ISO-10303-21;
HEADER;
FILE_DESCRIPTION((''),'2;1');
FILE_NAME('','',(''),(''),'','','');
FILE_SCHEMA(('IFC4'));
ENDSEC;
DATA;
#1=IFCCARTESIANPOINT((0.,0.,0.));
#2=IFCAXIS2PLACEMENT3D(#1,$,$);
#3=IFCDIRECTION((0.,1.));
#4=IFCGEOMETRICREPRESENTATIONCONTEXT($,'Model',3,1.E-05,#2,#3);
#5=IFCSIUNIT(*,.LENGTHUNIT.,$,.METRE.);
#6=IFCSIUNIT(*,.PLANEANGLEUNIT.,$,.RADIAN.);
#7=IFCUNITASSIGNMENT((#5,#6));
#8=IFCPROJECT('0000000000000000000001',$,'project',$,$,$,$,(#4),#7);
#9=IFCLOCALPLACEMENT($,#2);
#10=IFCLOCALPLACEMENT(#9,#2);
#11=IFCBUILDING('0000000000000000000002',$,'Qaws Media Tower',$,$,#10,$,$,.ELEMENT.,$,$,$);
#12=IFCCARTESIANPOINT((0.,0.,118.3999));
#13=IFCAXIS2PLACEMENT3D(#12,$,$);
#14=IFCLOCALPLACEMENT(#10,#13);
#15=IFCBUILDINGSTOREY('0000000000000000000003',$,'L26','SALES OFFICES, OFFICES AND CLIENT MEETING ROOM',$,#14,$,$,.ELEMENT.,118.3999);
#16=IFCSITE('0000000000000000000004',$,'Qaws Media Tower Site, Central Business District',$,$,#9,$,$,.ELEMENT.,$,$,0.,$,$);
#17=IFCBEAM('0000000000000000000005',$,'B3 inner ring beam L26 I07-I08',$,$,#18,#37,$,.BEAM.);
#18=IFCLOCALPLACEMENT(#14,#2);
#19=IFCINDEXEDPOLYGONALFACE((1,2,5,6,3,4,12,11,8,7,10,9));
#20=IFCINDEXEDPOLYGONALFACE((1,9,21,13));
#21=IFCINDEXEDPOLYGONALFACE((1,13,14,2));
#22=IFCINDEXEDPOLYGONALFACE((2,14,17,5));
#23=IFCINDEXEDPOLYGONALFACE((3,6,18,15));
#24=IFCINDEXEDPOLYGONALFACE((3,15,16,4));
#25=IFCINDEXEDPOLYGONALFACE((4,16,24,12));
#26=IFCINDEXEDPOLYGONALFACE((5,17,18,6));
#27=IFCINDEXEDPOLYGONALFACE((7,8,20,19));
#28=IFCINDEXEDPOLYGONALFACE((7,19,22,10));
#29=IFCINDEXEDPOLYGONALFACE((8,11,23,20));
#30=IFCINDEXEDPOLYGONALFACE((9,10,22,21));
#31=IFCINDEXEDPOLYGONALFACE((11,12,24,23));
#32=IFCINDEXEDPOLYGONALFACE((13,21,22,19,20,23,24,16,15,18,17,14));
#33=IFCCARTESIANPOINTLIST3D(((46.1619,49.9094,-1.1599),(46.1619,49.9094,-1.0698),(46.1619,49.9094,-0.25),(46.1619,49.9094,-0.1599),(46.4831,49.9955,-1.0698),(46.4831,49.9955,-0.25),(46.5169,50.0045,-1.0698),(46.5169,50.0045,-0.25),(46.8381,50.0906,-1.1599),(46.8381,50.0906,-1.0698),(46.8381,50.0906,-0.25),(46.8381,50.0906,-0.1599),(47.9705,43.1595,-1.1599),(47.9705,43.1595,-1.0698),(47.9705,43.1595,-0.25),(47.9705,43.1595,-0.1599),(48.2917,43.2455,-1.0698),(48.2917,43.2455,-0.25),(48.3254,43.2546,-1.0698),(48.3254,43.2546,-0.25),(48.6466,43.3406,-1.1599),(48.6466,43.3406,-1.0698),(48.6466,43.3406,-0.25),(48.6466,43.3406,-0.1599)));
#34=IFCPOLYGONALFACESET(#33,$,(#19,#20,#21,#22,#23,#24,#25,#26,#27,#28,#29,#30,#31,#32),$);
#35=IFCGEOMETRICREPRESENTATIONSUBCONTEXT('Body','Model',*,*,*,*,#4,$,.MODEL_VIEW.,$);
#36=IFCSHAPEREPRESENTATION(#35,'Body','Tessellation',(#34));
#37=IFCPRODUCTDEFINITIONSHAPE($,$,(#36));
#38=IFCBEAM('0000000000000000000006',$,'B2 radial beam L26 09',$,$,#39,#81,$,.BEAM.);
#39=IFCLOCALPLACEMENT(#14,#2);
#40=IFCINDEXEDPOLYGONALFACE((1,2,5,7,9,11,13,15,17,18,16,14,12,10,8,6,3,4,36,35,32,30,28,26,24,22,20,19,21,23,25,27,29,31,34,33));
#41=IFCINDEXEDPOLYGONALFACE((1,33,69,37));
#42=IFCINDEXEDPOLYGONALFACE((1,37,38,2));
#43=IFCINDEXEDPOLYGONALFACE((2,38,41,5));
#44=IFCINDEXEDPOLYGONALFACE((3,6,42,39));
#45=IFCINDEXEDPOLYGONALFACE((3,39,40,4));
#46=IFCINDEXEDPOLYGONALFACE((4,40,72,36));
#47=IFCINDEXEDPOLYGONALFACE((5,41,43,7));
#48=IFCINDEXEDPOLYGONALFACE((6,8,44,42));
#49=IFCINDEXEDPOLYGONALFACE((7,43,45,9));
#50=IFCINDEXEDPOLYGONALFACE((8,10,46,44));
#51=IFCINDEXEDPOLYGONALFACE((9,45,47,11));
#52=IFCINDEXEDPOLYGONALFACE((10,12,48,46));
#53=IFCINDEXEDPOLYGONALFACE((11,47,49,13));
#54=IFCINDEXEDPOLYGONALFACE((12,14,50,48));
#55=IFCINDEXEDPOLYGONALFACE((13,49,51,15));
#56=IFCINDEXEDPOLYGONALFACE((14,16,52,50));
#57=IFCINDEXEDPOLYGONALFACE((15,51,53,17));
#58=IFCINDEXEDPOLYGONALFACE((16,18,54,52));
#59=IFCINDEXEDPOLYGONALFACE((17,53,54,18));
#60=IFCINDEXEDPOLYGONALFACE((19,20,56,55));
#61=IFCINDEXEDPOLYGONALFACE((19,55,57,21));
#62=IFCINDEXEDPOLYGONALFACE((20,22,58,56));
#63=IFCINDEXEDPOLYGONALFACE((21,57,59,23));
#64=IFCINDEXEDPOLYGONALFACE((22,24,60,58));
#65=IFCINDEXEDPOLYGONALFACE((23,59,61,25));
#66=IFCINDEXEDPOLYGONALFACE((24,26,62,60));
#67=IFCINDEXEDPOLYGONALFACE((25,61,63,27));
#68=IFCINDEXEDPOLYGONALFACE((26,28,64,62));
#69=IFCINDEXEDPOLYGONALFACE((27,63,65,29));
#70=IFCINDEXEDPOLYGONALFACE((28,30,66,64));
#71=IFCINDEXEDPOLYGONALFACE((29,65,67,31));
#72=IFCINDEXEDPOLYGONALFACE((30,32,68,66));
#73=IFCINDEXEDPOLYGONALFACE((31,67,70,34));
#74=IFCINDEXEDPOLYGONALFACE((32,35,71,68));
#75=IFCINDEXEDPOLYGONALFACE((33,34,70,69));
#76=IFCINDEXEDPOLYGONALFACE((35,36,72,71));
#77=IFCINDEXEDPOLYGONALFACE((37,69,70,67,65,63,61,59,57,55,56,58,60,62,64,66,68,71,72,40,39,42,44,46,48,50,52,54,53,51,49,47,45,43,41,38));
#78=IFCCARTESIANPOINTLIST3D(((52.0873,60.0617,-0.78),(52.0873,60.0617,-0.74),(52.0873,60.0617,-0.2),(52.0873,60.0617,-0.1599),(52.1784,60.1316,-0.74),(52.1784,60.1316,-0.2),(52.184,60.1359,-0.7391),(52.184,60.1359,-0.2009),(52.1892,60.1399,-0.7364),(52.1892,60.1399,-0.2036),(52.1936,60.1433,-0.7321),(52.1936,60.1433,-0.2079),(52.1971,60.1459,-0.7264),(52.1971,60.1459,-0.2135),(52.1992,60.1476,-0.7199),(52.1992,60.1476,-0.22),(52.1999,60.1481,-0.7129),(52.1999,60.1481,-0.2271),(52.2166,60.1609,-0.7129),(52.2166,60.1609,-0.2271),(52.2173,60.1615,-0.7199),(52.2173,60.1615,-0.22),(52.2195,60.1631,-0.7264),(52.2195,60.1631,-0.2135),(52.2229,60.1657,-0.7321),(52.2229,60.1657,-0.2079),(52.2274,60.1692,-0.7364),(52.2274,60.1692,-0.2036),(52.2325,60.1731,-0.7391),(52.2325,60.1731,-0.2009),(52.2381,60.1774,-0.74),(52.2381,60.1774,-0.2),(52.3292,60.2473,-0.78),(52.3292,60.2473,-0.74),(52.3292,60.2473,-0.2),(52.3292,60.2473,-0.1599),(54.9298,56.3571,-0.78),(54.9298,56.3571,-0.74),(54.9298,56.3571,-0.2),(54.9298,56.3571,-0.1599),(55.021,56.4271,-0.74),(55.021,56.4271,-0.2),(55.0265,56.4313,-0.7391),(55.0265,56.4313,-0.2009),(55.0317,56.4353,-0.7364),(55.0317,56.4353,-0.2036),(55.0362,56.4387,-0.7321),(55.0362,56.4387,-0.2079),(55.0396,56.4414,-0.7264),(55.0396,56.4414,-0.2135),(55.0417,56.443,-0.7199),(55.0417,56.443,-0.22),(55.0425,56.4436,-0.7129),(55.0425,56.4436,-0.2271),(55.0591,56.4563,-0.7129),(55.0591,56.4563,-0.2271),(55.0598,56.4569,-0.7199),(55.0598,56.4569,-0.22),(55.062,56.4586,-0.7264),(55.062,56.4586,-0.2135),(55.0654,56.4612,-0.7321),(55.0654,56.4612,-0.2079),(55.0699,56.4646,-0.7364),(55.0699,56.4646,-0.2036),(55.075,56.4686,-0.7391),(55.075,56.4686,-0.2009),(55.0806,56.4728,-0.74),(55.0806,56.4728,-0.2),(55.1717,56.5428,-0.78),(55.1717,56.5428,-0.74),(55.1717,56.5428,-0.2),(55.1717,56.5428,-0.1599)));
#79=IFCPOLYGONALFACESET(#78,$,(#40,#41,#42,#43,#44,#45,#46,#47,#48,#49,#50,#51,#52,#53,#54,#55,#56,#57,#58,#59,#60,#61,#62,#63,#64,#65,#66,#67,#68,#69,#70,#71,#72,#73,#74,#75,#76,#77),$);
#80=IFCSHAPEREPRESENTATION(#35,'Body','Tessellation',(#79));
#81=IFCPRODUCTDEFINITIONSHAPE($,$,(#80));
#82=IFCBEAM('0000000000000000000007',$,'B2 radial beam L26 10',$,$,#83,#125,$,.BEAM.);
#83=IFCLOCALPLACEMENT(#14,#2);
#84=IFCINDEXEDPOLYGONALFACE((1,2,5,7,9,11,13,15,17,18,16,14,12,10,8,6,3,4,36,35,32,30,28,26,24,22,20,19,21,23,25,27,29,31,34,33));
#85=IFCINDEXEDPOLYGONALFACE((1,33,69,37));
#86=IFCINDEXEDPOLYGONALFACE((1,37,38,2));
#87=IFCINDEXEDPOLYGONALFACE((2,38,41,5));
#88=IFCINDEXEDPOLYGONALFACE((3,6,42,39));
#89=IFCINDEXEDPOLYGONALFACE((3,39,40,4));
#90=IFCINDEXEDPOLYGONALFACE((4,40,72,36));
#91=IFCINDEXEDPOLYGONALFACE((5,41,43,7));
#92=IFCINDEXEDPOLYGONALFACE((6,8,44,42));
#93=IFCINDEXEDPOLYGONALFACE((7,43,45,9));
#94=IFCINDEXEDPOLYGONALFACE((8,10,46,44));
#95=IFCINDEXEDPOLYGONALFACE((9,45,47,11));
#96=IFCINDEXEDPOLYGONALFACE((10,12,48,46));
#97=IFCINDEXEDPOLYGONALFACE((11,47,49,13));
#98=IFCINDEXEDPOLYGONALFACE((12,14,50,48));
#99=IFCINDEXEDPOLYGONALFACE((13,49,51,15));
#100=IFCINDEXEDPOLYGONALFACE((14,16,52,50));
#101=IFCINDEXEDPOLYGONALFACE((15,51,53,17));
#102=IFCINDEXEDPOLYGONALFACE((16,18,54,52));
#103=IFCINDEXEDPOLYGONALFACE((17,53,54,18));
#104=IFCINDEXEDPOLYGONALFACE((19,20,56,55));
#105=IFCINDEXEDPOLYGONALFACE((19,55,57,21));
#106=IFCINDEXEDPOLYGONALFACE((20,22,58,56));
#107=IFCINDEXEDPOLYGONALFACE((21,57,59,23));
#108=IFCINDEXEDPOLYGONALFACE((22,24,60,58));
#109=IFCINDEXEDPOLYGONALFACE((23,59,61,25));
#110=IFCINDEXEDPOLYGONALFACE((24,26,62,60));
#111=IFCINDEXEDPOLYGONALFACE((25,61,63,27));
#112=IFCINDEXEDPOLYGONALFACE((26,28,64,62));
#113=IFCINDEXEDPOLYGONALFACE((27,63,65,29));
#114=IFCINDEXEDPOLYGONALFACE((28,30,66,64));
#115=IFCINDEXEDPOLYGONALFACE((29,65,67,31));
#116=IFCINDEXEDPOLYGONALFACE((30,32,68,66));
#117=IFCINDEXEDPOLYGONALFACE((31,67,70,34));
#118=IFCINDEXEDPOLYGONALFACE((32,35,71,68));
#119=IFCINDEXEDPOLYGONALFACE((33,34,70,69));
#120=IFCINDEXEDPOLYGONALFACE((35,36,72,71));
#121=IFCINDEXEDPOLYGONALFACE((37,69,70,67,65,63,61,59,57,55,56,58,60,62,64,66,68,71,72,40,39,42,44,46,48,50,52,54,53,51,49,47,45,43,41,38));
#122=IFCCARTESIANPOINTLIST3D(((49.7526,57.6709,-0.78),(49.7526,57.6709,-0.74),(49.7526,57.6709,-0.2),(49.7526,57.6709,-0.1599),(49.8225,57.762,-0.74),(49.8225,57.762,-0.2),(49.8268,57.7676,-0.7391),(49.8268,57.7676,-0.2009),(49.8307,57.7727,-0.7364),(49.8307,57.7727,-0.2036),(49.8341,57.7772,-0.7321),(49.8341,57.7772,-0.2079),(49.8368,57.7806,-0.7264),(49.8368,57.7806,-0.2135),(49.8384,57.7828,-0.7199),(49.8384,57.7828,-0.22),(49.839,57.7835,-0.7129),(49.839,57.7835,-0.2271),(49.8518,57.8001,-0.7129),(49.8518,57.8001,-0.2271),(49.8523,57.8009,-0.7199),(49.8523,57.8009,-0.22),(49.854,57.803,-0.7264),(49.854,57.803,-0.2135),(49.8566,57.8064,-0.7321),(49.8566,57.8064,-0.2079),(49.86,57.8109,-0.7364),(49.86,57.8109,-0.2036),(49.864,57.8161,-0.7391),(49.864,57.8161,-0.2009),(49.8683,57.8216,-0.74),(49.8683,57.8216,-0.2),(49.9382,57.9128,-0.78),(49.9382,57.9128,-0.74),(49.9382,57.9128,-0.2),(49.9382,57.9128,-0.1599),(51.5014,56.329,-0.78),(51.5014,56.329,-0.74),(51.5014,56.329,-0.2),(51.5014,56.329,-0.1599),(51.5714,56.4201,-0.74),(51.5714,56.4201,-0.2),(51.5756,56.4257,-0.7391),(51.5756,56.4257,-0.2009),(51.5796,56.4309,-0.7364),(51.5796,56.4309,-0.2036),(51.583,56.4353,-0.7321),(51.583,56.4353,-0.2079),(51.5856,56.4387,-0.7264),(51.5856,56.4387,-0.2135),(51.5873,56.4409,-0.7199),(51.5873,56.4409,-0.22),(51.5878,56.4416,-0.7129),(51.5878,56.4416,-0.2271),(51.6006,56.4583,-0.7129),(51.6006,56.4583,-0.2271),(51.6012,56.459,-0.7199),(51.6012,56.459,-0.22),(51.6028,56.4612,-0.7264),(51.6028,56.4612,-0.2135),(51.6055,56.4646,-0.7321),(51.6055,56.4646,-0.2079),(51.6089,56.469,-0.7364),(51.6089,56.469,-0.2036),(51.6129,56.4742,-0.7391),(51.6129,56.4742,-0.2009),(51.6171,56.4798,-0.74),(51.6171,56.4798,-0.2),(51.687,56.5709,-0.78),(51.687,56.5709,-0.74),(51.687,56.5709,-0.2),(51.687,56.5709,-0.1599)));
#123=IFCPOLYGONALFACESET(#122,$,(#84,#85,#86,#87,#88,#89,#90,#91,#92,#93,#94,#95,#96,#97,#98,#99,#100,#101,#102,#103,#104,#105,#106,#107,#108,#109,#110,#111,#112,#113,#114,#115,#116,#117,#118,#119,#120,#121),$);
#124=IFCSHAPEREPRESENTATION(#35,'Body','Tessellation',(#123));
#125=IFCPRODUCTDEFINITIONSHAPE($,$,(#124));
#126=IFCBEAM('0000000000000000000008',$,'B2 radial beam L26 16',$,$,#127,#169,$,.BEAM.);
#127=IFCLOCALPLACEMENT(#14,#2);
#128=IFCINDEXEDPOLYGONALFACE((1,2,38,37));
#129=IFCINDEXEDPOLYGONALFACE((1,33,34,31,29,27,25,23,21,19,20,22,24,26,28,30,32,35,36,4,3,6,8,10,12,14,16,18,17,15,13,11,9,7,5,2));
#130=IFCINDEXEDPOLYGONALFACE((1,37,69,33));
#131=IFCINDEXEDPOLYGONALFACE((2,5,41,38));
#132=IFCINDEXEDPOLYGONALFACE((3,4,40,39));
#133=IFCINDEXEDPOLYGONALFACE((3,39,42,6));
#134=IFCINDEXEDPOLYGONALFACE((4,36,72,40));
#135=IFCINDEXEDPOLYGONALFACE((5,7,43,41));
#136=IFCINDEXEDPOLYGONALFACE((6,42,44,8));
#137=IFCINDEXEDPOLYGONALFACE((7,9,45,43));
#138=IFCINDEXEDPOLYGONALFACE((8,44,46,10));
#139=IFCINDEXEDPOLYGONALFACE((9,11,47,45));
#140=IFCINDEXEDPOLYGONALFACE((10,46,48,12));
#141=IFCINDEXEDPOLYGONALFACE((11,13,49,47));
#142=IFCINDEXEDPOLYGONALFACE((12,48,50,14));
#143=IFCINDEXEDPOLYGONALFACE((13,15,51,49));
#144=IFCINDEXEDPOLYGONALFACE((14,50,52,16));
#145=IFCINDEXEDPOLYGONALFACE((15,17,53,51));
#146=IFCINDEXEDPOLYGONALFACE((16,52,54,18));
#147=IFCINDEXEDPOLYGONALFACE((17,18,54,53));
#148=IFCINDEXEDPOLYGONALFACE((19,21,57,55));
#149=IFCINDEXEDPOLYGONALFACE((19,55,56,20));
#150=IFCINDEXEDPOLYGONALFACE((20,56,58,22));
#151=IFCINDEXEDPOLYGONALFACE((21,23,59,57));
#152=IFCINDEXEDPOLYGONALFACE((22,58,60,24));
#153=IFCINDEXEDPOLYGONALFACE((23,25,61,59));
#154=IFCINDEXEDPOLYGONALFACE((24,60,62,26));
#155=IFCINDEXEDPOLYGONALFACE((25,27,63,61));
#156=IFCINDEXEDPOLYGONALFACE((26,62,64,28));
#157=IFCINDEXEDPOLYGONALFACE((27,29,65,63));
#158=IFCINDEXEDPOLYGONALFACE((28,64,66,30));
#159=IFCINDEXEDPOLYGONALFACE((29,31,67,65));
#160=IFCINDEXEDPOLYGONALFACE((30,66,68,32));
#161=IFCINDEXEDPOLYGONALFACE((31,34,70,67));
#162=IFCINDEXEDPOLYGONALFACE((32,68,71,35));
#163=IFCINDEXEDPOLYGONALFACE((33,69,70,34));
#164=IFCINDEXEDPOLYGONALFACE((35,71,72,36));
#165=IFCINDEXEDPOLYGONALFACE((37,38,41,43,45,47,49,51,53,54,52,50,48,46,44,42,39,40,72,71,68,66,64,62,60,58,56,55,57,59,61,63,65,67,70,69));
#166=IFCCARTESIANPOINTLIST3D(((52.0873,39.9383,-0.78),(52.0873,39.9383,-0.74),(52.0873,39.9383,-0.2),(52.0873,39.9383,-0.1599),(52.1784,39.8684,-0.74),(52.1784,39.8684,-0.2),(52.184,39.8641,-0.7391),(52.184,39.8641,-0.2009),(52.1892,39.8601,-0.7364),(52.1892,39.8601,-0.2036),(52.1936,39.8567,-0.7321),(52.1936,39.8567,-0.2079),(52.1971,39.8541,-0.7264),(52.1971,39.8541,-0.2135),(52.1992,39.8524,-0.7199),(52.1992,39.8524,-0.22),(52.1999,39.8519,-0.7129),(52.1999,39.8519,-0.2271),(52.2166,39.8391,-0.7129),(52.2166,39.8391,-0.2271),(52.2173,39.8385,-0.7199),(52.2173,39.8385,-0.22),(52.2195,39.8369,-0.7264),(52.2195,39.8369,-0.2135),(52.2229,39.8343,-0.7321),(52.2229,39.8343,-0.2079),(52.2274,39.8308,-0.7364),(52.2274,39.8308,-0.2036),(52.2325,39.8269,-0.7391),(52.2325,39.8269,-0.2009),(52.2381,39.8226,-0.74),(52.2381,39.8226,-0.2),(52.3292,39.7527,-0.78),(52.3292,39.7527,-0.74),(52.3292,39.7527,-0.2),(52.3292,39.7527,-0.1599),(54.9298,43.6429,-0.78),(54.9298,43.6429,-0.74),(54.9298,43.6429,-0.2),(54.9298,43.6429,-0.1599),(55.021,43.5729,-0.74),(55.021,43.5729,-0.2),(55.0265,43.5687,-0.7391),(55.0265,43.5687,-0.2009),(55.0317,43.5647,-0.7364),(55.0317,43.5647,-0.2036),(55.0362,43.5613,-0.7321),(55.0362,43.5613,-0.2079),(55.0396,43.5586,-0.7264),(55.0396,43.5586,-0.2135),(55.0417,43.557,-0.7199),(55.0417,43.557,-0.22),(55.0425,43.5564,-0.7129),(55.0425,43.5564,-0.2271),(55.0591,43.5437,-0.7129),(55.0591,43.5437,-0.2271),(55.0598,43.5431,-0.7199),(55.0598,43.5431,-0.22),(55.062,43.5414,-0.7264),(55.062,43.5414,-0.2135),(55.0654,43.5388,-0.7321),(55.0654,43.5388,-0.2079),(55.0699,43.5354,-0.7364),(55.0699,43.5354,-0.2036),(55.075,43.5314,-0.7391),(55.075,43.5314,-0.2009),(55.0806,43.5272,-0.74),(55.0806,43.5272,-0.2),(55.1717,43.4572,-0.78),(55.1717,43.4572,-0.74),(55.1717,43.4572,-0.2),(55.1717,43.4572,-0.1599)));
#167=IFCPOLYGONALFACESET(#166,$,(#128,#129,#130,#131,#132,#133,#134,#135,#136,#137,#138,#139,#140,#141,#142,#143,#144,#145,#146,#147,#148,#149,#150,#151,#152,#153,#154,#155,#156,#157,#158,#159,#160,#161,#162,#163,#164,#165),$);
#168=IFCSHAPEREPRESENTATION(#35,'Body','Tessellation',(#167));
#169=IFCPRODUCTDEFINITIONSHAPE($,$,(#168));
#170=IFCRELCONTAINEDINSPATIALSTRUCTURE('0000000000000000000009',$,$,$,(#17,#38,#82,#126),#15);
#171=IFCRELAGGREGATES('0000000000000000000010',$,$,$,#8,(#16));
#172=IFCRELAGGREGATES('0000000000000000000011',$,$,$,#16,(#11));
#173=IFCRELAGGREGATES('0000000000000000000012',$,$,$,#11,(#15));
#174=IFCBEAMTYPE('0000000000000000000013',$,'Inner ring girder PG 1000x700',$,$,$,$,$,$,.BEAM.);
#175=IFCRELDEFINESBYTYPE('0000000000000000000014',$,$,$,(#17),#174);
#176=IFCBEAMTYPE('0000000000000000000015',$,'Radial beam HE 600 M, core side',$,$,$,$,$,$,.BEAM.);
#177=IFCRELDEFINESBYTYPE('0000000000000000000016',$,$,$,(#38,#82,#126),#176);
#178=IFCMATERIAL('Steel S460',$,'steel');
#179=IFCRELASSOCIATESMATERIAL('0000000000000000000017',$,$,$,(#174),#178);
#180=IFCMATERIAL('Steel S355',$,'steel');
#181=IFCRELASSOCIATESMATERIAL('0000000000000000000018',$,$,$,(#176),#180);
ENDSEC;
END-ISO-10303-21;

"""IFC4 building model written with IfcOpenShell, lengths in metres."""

from ifc_helpers import new_model, si_unit, direction, frame, origin, origin_2d, place, context, subcontext, project, spatial, i_section, extrude, material, material_profile, profile_set, type_object, element, save


model = new_model("IFC4")

# Units and contexts
model_context = context("Model", 3, precision=1e-05, world=origin(), true_north=direction((0.0, 1.0)))
body_context = subcontext(model_context, "Body", "Model", "MODEL_VIEW")
ifc_project = project(units=[si_unit("LENGTHUNIT", "METRE"), si_unit("PLANEANGLEUNIT", "RADIAN")], contexts=[model_context])

# Site, building, storey
site_placement = place(None, origin())
site = spatial("IfcSite", under=ifc_project, at=site_placement, Name="Qaws Media Tower Site, Central Business District", CompositionType="ELEMENT", RefElevation=0.0)
building_placement = place(site_placement, origin())
building = spatial("IfcBuilding", under=site, at=building_placement, Name="Qaws Media Tower", CompositionType="ELEMENT")
storey_placement = place(building_placement, frame((0.0, 0.0, 118.3999)))
storey = spatial("IfcBuildingStorey", under=building, at=storey_placement, Name="L26", Description="SALES OFFICES, OFFICES AND CLIENT MEETING ROOM", CompositionType="ELEMENT", Elevation=118.3999)

# Beams
ifc_material_1 = material(Name="Steel S460", Category="steel")
ifc_material_profile_1 = material_profile(ifc_material_1, i_section(OverallWidth=0.7, OverallDepth=1.0, WebThickness=0.0349, FlangeThickness=0.0901, at=origin_2d()), Name="PG 1000x700")
ifc_profile_set_1 = profile_set([ifc_material_profile_1], Name="Steel S460")
beam_type_1 = type_object("IfcBeamType", Name="Inner ring girder PG 1000x700", PredefinedType="BEAM", material=ifc_profile_set_1)
for number, where, z_axis, x_axis, name in (
    (1, (46.5, 50.0, -0.6599), (0.258811, -0.965928, 0.0), (0.965928, 0.258811, 0.0), "B3 inner ring beam L26 I07-I08"),
):
    element("IfcBeam", number, at=place(storey_placement, frame(where, z_axis=z_axis, x_axis=x_axis)), inside=storey, type_object=beam_type_1, Name=name, PredefinedType="BEAM", context=body_context, shape_type="SweptSolid", body=[
        extrude(i_section(OverallWidth=0.7, OverallDepth=1.0, WebThickness=0.0349, FlangeThickness=0.0901, at=origin_2d()), origin(), (0.0, 0.0, 1.0), 6.988),
    ])
ifc_material_2 = material(Name="Steel S355", Category="steel")
ifc_material_profile_2 = material_profile(ifc_material_2, i_section(OverallWidth=0.3049, OverallDepth=0.6201, WebThickness=0.021, FlangeThickness=0.04, FilletRadius=0.0271, at=origin_2d()), Name="HE 600 M")
ifc_profile_set_2 = profile_set([ifc_material_profile_2], Name="Steel S355")
beam_type_2 = type_object("IfcBeamType", Name="Radial beam HE 600 M, core side", PredefinedType="BEAM", material=ifc_profile_set_2)
beam_1_placement = place(storey_placement, frame((55.0508, 56.45, -0.47), z_axis=(-0.608748, 0.793364, 0.0), x_axis=(-0.793364, -0.608748, 0.0)))
element("IfcBeam", 2, at=beam_1_placement, inside=storey, type_object=beam_type_2, Name="B2 radial beam L26 09", PredefinedType="BEAM", context=body_context, shape_type="SweptSolid", body=[
    extrude(i_section(OverallWidth=0.3049, OverallDepth=0.6201, WebThickness=0.021, FlangeThickness=0.04, FilletRadius=0.0271, at=origin_2d()), origin(), (0.0, 0.0, 1.0), 4.6694),
])
beam_2_placement = place(storey_placement, frame((51.5942, 56.45, -0.47), z_axis=(-0.793373, 0.608736, 0.0), x_axis=(-0.608736, -0.793373, 0.0)))
element("IfcBeam", 3, at=beam_2_placement, inside=storey, type_object=beam_type_2, Name="B2 radial beam L26 10", PredefinedType="BEAM", context=body_context, shape_type="SweptSolid", body=[
    extrude(i_section(OverallWidth=0.3049, OverallDepth=0.6201, WebThickness=0.021, FlangeThickness=0.04, FilletRadius=0.0271, at=origin_2d()), origin(), (0.0, 0.0, 1.0), 2.2043),
])
beam_3_placement = place(storey_placement, frame((55.0508, 43.55, -0.47), z_axis=(-0.608748, -0.793364, 0.0), x_axis=(0.793364, -0.608748, 0.0)))
element("IfcBeam", 4, at=beam_3_placement, inside=storey, type_object=beam_type_2, Name="B2 radial beam L26 16", PredefinedType="BEAM", context=body_context, shape_type="SweptSolid", body=[
    extrude(i_section(OverallWidth=0.3049, OverallDepth=0.6201, WebThickness=0.021, FlangeThickness=0.04, FilletRadius=0.0271, at=origin_2d()), origin(), (0.0, 0.0, 1.0), 4.6694),
])

save(model, "model.ifc")
